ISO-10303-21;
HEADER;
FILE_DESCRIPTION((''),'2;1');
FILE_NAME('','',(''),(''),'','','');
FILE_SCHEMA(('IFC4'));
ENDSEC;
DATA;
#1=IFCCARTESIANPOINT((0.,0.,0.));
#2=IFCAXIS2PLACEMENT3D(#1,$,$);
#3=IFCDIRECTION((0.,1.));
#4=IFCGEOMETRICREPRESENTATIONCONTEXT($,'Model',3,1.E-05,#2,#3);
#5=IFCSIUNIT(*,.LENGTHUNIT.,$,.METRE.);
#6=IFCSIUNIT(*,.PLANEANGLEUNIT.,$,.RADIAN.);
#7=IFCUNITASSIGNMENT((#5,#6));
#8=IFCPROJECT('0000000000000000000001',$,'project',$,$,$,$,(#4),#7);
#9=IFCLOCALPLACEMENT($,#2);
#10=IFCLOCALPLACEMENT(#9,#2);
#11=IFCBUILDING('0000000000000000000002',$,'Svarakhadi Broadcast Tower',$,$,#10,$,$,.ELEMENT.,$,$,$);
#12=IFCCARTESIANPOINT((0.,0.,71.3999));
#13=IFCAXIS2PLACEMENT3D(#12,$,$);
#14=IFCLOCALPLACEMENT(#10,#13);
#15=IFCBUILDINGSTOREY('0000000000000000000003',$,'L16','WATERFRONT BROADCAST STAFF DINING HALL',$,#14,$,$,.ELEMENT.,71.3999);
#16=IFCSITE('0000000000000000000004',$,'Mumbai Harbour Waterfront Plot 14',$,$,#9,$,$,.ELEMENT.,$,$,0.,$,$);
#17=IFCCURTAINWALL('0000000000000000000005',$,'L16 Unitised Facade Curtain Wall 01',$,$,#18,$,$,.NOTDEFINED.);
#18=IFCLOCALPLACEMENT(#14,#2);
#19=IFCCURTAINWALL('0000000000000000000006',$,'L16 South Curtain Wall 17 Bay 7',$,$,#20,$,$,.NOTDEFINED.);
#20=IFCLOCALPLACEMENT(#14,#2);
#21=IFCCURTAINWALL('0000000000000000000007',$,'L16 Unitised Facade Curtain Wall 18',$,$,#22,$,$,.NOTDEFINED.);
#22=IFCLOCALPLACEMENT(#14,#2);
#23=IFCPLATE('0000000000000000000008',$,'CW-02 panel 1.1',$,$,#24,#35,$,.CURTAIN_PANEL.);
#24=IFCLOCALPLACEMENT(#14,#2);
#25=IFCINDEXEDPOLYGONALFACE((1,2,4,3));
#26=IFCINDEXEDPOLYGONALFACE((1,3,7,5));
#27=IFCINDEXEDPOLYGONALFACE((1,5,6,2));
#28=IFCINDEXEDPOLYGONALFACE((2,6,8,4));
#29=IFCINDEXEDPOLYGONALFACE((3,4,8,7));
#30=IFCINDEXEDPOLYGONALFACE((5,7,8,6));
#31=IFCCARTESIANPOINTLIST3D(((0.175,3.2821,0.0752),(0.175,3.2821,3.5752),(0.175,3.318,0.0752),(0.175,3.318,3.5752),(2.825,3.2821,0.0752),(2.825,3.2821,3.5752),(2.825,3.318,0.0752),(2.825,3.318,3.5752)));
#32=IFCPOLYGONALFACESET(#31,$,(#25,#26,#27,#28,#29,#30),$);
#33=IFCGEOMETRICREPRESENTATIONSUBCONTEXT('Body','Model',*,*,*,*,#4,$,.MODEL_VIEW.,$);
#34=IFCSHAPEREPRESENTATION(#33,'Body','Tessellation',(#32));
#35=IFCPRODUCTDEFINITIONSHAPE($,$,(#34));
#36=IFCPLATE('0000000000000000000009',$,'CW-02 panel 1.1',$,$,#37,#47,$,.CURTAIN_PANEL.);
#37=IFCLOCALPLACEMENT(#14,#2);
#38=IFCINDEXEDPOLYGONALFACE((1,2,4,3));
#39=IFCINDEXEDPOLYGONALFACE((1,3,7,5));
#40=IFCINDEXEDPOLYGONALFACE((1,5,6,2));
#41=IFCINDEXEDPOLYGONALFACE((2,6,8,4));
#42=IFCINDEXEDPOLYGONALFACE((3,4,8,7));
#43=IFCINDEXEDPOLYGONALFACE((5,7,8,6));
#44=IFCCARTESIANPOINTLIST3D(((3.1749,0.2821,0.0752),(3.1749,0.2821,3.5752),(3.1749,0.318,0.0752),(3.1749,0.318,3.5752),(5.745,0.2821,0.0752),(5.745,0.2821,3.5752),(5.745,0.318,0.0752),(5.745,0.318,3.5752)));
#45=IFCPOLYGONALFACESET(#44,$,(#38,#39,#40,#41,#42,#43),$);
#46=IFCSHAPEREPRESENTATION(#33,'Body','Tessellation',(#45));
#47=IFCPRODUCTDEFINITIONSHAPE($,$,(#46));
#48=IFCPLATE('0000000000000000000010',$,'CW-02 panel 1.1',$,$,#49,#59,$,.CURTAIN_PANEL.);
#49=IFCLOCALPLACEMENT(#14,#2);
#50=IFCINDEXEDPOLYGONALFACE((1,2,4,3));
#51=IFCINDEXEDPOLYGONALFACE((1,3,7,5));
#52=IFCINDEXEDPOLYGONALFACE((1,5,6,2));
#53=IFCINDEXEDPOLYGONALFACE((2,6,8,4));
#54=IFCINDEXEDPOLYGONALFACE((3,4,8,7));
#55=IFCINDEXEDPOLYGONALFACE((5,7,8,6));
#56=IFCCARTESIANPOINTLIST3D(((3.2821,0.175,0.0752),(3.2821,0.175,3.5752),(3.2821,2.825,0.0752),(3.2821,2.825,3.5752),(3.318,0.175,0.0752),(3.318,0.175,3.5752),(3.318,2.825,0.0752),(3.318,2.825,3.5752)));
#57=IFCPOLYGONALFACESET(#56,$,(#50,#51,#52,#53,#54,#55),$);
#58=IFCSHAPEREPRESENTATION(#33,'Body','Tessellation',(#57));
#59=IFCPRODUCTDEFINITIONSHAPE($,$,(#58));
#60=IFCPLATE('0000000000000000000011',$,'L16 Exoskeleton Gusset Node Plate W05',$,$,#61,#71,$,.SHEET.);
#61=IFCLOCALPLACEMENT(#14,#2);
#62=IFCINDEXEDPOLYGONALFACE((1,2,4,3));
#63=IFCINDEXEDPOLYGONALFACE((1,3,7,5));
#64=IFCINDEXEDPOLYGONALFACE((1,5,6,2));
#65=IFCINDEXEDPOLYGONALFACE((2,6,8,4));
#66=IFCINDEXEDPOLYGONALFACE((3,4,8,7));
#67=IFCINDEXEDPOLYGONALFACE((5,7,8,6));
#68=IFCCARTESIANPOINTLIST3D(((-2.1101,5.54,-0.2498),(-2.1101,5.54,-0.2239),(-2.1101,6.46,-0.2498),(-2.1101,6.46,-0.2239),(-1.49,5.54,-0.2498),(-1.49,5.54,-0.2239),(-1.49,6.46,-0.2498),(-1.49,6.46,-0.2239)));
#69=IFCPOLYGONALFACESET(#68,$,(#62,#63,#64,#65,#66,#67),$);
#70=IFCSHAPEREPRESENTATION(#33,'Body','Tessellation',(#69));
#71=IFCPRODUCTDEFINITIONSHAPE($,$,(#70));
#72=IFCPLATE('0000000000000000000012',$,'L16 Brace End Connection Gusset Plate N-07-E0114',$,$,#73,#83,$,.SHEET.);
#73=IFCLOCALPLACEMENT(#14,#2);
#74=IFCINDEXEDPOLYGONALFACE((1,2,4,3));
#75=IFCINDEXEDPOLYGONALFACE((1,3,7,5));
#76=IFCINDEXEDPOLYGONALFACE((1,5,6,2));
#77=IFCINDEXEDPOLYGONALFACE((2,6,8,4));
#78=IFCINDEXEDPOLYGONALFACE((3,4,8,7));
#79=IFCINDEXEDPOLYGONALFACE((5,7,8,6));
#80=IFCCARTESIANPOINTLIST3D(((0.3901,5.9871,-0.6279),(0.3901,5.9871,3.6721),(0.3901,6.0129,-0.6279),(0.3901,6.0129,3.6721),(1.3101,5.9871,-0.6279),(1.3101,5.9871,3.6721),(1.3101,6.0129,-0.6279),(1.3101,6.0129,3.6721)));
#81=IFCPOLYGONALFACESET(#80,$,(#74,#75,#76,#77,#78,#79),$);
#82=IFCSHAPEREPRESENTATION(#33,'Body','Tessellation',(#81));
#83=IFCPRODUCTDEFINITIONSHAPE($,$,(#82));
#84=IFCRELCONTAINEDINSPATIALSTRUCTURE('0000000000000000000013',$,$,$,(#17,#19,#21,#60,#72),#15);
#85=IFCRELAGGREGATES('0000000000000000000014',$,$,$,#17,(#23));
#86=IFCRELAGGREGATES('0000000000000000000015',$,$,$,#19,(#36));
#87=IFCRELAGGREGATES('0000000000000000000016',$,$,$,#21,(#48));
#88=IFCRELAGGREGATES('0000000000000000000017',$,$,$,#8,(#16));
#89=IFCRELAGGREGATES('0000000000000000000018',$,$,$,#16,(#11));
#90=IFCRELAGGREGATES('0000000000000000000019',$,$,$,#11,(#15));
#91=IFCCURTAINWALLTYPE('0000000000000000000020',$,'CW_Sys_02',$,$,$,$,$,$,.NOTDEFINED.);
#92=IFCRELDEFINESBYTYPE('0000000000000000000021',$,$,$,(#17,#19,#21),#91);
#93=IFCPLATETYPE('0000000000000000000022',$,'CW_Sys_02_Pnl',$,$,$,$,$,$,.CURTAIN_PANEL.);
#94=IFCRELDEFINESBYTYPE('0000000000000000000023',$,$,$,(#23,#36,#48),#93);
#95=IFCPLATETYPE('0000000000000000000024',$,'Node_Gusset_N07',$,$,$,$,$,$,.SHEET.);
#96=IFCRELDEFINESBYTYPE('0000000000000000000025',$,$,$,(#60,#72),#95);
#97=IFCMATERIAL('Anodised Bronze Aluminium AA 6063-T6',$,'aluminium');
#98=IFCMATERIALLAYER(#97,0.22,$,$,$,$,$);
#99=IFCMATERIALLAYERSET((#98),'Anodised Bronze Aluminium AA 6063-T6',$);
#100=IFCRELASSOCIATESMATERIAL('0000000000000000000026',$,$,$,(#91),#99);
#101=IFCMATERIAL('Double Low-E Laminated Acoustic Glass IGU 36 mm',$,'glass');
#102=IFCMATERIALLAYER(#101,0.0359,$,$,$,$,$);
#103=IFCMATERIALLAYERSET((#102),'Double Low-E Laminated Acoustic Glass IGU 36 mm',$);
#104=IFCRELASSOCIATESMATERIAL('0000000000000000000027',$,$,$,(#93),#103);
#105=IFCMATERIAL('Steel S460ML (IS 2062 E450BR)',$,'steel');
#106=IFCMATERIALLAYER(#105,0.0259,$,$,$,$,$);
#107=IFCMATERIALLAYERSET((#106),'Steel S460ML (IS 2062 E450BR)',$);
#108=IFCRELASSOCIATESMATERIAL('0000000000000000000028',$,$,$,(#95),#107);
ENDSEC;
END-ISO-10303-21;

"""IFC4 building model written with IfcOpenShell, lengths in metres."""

from ifc_helpers import new_model, si_unit, direction, frame, origin, origin_2d, place, context, subcontext, project, spatial, rectangle, extrude, material, layer, layer_set, type_object, element, aggregate, save


model = new_model("IFC4")

# Units and contexts
model_context = context("Model", 3, precision=1e-05, world=origin(), true_north=direction((0.0, 1.0)))
body_context = subcontext(model_context, "Body", "Model", "MODEL_VIEW")
ifc_project = project(units=[si_unit("LENGTHUNIT", "METRE"), si_unit("PLANEANGLEUNIT", "RADIAN")], contexts=[model_context])

# Site, building, storey
site_placement = place(None, origin())
site = spatial("IfcSite", under=ifc_project, at=site_placement, Name="Mumbai Harbour Waterfront Plot 14", CompositionType="ELEMENT", RefElevation=0.0)
building_placement = place(site_placement, origin())
building = spatial("IfcBuilding", under=site, at=building_placement, Name="Svarakhadi Broadcast Tower", CompositionType="ELEMENT")
storey_placement = place(building_placement, frame((0.0, 0.0, 71.3999)))
storey = spatial("IfcBuildingStorey", under=building, at=storey_placement, Name="L16", Description="WATERFRONT BROADCAST STAFF DINING HALL", CompositionType="ELEMENT", Elevation=71.3999)

# Shared definitions
ifc_material_1 = material(Name="Steel S460ML (IS 2062 E450BR)", Category="steel")

# Curtain wall
ifc_material_2 = material(Name="Anodised Bronze Aluminium AA 6063-T6", Category="aluminium")
ifc_layer_1 = layer(ifc_material_2, 0.22)
ifc_layer_set_1 = layer_set([ifc_layer_1], Name="Anodised Bronze Aluminium AA 6063-T6")
curtain_wall_type = type_object("IfcCurtainWallType", Name="CW_Sys_02", PredefinedType="NOTDEFINED", material=ifc_layer_set_1)
curtain_wall_1_placement = place(storey_placement, origin())
curtain_wall_1 = element("IfcCurtainWall", 1, at=curtain_wall_1_placement, inside=storey, type_object=curtain_wall_type, Name="L16 Unitised Facade Curtain Wall 01", PredefinedType="NOTDEFINED")

# Curtain wall
curtain_wall_2_placement = place(storey_placement, origin())
curtain_wall_2 = element("IfcCurtainWall", 2, at=curtain_wall_2_placement, inside=storey, type_object=curtain_wall_type, Name="L16 South Curtain Wall 17 Bay 7", PredefinedType="NOTDEFINED")

# Curtain wall
curtain_wall_3_placement = place(storey_placement, origin())
curtain_wall_3 = element("IfcCurtainWall", 3, at=curtain_wall_3_placement, inside=storey, type_object=curtain_wall_type, Name="L16 Unitised Facade Curtain Wall 18", PredefinedType="NOTDEFINED")

# Plates
ifc_material_3 = material(Name="Double Low-E Laminated Acoustic Glass IGU 36 mm", Category="glass")
ifc_layer_2 = layer(ifc_material_3, 0.0359)
ifc_layer_set_2 = layer_set([ifc_layer_2], Name="Double Low-E Laminated Acoustic Glass IGU 36 mm")
plate_type_1 = type_object("IfcPlateType", Name="CW_Sys_02_Pnl", PredefinedType="CURTAIN_PANEL", material=ifc_layer_set_2)
plate_1_placement = place(storey_placement, frame((1.5, 3.3, 0.0752), z_axis=(0.0, 0.0, 1.0), x_axis=(-1.0, 0.0, 0.0)))
plate_1 = element("IfcPlate", 4, at=plate_1_placement, type_object=plate_type_1, Name="CW-02 panel 1.1", PredefinedType="CURTAIN_PANEL", context=body_context, shape_type="SweptSolid", body=[
    extrude(rectangle(XDim=2.6499, YDim=0.0359, at=origin_2d()), origin(), (0.0, 0.0, 1.0), 3.5),
])
aggregate(curtain_wall_1, [plate_1])
plate_2_placement = place(storey_placement, frame((4.46, 0.3, 0.0752), z_axis=(0.0, 0.0, 1.0), x_axis=(-1.0, 0.0, 0.0)))
plate_2 = element("IfcPlate", 5, at=plate_2_placement, type_object=plate_type_1, Name="CW-02 panel 1.1", PredefinedType="CURTAIN_PANEL", context=body_context, shape_type="SweptSolid", body=[
    extrude(rectangle(XDim=2.5701, YDim=0.0359, at=origin_2d()), origin(), (0.0, 0.0, 1.0), 3.5),
])
aggregate(curtain_wall_2, [plate_2])
plate_3_placement = place(storey_placement, frame((3.3, 1.5, 0.0752), z_axis=(0.0, 0.0, 1.0), x_axis=(0.0, 1.0, 0.0)))
plate_3 = element("IfcPlate", 6, at=plate_3_placement, type_object=plate_type_1, Name="CW-02 panel 1.1", PredefinedType="CURTAIN_PANEL", context=body_context, shape_type="SweptSolid", body=[
    extrude(rectangle(XDim=2.6499, YDim=0.0359, at=origin_2d()), origin(), (0.0, 0.0, 1.0), 3.5),
])
aggregate(curtain_wall_3, [plate_3])

# Plates
ifc_layer_3 = layer(ifc_material_1, 0.0259)
ifc_layer_set_3 = layer_set([ifc_layer_3], Name="Steel S460ML (IS 2062 E450BR)")
plate_type_2 = type_object("IfcPlateType", Name="Node_Gusset_N07", PredefinedType="SHEET", material=ifc_layer_set_3)
plate_4_placement = place(storey_placement, frame((-1.8, 6.0, -0.2498), z_axis=(0.0, 0.0, 1.0), x_axis=(0.0, 1.0, 0.0)))
element("IfcPlate", 7, at=plate_4_placement, inside=storey, type_object=plate_type_2, Name="L16 Exoskeleton Gusset Node Plate W05", PredefinedType="SHEET", context=body_context, shape_type="SweptSolid", body=[
    extrude(rectangle(XDim=0.9199, YDim=0.6201, at=origin_2d()), origin(), (0.0, 0.0, 1.0), 0.0259),
])
plate_5_placement = place(storey_placement, frame((0.8501, 6.0, -0.6279), z_axis=(0.0, 0.0, 1.0), x_axis=(1.0, 0.0, 0.0)))
element("IfcPlate", 8, at=plate_5_placement, inside=storey, type_object=plate_type_2, Name="L16 Brace End Connection Gusset Plate N-07-E0114", PredefinedType="SHEET", context=body_context, shape_type="SweptSolid", body=[
    extrude(rectangle(XDim=0.9199, YDim=0.0259, at=origin_2d()), origin(), (0.0, 0.0, 1.0), 4.3),
])

save(model, "model.ifc")
